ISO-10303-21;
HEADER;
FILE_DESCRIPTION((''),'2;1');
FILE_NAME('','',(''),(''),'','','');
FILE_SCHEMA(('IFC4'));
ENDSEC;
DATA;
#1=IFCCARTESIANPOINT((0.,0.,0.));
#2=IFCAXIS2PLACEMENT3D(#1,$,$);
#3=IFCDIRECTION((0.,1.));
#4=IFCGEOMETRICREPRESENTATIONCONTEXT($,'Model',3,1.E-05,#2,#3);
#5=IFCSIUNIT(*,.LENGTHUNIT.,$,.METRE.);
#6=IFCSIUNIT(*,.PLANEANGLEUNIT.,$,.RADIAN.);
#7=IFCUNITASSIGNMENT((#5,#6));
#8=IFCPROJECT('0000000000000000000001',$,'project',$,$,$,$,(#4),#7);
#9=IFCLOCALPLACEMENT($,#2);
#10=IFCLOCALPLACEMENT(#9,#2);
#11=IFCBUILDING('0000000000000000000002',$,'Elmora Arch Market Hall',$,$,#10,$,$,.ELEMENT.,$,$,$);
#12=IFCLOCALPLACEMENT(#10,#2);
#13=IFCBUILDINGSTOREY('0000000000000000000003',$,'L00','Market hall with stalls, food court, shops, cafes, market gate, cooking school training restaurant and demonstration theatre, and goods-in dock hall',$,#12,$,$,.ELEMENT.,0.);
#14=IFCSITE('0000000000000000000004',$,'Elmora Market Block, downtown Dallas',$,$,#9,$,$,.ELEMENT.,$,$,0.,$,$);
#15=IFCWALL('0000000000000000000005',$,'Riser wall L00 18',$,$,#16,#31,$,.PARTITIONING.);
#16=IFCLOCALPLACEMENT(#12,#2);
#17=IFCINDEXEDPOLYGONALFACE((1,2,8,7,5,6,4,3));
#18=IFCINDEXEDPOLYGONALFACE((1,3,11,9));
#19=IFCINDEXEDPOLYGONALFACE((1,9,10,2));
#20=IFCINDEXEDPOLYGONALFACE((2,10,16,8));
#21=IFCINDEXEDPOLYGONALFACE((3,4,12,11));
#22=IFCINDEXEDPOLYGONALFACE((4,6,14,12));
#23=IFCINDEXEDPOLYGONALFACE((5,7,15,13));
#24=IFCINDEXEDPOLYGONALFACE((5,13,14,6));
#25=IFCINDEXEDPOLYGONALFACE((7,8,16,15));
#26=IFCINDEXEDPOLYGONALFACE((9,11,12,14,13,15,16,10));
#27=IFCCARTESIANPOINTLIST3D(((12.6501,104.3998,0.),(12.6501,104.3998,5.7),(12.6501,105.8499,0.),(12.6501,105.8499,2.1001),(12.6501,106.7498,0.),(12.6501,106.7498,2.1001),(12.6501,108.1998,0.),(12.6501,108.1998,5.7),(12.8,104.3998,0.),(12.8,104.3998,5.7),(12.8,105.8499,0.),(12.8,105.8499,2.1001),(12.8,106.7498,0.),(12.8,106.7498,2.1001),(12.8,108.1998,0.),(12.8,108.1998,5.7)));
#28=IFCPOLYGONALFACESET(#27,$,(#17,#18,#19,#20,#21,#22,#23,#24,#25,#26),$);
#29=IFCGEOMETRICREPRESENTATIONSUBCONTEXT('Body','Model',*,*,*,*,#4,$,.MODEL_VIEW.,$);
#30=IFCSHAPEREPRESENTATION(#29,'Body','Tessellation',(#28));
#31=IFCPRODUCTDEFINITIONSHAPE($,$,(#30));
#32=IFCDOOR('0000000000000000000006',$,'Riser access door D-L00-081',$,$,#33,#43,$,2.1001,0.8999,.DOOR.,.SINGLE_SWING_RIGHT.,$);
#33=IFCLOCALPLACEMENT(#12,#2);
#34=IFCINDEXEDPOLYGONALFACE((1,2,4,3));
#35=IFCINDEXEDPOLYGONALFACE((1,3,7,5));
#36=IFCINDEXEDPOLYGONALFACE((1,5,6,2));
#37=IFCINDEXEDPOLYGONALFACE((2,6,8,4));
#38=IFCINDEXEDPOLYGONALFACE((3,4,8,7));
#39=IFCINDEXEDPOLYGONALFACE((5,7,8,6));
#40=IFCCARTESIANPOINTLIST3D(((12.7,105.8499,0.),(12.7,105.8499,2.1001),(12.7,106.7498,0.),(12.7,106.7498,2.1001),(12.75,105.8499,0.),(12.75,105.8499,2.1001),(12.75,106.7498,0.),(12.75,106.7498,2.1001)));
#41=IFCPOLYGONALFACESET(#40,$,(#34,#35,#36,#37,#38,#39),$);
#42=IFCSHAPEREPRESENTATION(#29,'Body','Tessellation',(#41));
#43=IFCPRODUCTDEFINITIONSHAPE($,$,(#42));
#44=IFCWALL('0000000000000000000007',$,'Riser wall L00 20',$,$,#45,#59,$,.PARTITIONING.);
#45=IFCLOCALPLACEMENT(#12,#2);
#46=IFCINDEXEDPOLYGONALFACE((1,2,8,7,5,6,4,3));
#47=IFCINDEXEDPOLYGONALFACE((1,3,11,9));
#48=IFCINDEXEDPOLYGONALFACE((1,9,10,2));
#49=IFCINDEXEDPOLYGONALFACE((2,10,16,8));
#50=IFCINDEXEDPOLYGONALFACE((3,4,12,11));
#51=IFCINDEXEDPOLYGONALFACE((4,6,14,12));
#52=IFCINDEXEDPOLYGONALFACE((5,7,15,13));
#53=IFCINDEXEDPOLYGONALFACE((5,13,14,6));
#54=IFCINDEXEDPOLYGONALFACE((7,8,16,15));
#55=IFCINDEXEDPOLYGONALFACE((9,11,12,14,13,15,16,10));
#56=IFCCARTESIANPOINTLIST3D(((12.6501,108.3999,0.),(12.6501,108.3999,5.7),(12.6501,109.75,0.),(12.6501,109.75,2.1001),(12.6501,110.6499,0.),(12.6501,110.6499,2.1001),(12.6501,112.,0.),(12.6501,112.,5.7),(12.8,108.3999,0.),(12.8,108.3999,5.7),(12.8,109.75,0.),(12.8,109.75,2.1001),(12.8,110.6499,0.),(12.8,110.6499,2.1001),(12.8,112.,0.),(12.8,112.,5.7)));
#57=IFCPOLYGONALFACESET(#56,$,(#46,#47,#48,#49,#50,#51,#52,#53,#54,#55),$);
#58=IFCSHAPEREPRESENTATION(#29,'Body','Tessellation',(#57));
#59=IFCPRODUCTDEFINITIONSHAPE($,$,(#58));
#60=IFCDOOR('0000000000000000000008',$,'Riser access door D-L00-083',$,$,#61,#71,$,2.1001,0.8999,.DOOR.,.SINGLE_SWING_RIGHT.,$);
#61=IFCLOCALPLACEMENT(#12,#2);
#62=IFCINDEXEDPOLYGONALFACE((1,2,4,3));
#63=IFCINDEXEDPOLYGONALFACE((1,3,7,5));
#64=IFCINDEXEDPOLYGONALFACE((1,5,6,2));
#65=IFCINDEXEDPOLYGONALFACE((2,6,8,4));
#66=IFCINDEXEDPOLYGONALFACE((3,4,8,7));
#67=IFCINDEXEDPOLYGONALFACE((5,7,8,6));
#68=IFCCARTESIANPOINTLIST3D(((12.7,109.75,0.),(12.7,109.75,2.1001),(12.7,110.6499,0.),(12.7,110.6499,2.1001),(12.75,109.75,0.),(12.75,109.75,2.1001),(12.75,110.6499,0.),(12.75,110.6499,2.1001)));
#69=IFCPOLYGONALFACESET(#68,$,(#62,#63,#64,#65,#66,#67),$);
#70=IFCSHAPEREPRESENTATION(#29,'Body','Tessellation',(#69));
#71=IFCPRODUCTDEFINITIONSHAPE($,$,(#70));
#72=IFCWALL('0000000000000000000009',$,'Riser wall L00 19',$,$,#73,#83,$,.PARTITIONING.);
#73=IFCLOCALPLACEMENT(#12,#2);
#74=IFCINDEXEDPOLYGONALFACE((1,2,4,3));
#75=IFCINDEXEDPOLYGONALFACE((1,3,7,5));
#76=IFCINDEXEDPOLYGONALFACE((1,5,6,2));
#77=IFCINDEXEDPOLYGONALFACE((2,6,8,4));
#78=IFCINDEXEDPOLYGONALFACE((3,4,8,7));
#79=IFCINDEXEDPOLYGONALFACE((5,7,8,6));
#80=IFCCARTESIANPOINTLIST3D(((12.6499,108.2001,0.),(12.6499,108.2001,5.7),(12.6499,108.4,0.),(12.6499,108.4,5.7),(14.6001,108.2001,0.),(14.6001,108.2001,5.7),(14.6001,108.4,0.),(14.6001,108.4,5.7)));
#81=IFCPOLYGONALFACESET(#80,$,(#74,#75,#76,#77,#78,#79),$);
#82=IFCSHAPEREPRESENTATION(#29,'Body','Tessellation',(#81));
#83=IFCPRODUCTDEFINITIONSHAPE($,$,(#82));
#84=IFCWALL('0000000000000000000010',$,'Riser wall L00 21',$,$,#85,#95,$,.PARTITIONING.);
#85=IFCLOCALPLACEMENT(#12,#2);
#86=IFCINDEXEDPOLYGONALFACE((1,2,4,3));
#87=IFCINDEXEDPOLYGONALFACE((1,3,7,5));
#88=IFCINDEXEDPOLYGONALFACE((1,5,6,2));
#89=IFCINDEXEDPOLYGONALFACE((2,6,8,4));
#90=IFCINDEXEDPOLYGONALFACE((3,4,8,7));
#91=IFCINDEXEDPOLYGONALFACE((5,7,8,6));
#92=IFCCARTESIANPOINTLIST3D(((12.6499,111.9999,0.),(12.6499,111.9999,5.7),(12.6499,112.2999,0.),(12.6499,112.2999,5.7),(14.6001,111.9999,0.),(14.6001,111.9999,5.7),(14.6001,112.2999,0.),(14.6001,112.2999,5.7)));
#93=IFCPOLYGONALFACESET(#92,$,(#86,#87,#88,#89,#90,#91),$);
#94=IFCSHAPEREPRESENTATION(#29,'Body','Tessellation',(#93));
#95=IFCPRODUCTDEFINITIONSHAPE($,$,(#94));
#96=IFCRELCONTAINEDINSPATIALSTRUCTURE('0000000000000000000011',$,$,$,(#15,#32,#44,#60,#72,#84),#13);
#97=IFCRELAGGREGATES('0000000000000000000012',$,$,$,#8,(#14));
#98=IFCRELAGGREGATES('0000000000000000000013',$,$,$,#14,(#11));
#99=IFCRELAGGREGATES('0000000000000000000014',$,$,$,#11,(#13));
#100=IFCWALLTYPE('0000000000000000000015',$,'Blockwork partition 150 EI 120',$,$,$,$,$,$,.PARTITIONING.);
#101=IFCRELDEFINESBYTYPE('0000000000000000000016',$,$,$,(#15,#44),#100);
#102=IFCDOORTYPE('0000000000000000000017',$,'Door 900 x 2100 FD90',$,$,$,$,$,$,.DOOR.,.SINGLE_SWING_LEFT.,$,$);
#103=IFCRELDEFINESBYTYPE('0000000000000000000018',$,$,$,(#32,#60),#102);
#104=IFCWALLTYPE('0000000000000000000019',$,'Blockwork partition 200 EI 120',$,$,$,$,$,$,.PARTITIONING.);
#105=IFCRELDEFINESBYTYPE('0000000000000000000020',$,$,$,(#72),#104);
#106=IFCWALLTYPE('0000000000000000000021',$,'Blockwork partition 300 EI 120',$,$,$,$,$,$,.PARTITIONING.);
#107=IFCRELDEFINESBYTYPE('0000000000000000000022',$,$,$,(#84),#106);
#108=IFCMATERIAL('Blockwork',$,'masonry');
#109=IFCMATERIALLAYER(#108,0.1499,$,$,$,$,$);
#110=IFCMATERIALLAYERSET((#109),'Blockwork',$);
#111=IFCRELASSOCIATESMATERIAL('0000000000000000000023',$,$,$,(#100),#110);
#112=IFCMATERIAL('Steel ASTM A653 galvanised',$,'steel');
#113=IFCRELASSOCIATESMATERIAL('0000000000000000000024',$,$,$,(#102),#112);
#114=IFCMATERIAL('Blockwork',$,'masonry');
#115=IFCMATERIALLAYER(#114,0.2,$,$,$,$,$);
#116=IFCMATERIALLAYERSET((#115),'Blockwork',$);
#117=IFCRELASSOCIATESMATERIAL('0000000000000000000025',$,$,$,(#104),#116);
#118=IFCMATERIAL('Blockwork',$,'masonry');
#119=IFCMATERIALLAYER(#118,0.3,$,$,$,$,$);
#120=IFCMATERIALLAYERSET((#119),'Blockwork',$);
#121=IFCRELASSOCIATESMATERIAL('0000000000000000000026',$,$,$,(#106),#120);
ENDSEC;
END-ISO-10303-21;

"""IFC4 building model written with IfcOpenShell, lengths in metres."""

from ifc_helpers import new_model, si_unit, direction, frame, frame_2d, origin, place, context, subcontext, project, spatial, rectangle, extrude, material, layer, layer_set, type_object, element, fill, save


model = new_model("IFC4")

# Units and contexts
model_context = context("Model", 3, precision=1e-05, world=origin(), true_north=direction((0.0, 1.0)))
body_context = subcontext(model_context, "Body", "Model", "MODEL_VIEW")
ifc_project = project(units=[si_unit("LENGTHUNIT", "METRE"), si_unit("PLANEANGLEUNIT", "RADIAN")], contexts=[model_context])

# Site, building, storey
site_placement = place(None, origin())
site = spatial("IfcSite", under=ifc_project, at=site_placement, Name="Elmora Market Block, downtown Dallas", CompositionType="ELEMENT", RefElevation=0.0)
building_placement = place(site_placement, origin())
building = spatial("IfcBuilding", under=site, at=building_placement, Name="Elmora Arch Market Hall", CompositionType="ELEMENT")
storey_placement = place(building_placement, origin())
storey = spatial("IfcBuildingStorey", under=building, at=storey_placement, Name="L00", Description="Market hall with stalls, food court, shops, cafes, market gate, cooking school training restaurant and demonstration theatre, and goods-in dock hall", CompositionType="ELEMENT", Elevation=0.0)

# Walls, openings, doors
ifc_material_1 = material(Name="Blockwork", Category="masonry")
ifc_layer_1 = layer(ifc_material_1, 0.1499)
ifc_layer_set_1 = layer_set([ifc_layer_1], Name="Blockwork")
wall_type_1 = type_object("IfcWallType", Name="Blockwork partition 150 EI 120", PredefinedType="PARTITIONING", material=ifc_layer_set_1)
ifc_material_2 = material(Name="Steel ASTM A653 galvanised", Category="steel")
door_type = type_object("IfcDoorType", Name="Door 900 x 2100 FD90", OperationType="SINGLE_SWING_LEFT", PredefinedType="DOOR", material=ifc_material_2)
wall_1_placement = place(storey_placement, frame((12.7251, 104.3999, 0.0), z_axis=(0.0, 0.0, 1.0), x_axis=(0.0, 1.0, 0.0)))
wall_1 = element("IfcWall", 1, at=wall_1_placement, inside=storey, type_object=wall_type_1, Name="Riser wall L00 18", PredefinedType="PARTITIONING", context=body_context, shape_type="SweptSolid", body=[
    extrude(rectangle(XDim=3.8, YDim=0.1499, at=frame_2d((1.8999, 0.0))), origin(), (0.0, 0.0, 1.0), 5.7),
])
opening_1_placement = place(wall_1_placement, frame((1.45, 0.0, 0.0)))
opening_1 = element("IfcOpeningElement", 2, at=opening_1_placement, cuts=wall_1, PredefinedType="OPENING", context=body_context, shape_type="SweptSolid", body=[
    extrude(rectangle(XDim=0.8999, YDim=2.1001, at=frame_2d((0.45, 1.05))), frame((0.0, 0.085, 0.0), z_axis=(0.0, -1.0, 0.0), x_axis=(1.0, 0.0, 0.0)), (0.0, 0.0, 1.0), 0.1699),
])
door_1_placement = place(opening_1_placement, frame((0.8999, 0.0, 0.0), z_axis=(0.0, 0.0, 1.0), x_axis=(-1.0, 0.0, 0.0)))
door_1 = element("IfcDoor", 3, at=door_1_placement, inside=storey, type_object=door_type, Name="Riser access door D-L00-081", OperationType="SINGLE_SWING_RIGHT", OverallHeight=2.1001, OverallWidth=0.8999, PredefinedType="DOOR", context=body_context, shape_type="SweptSolid", body=[
    extrude(rectangle(XDim=0.8999, YDim=2.1001, at=frame_2d((0.45, 1.05))), frame((0.0, 0.0249, 0.0), z_axis=(0.0, -1.0, 0.0), x_axis=(1.0, 0.0, 0.0)), (0.0, 0.0, 1.0), 0.05),
])
fill(opening_1, door_1)
wall_2_placement = place(storey_placement, frame((12.7251, 108.3999, 0.0), z_axis=(0.0, 0.0, 1.0), x_axis=(0.0, 1.0, 0.0)))
wall_2 = element("IfcWall", 4, at=wall_2_placement, inside=storey, type_object=wall_type_1, Name="Riser wall L00 20", PredefinedType="PARTITIONING", context=body_context, shape_type="SweptSolid", body=[
    extrude(rectangle(XDim=3.6001, YDim=0.1499, at=frame_2d((1.8, 0.0))), origin(), (0.0, 0.0, 1.0), 5.7),
])
opening_2_placement = place(wall_2_placement, frame((1.3501, 0.0, 0.0)))
opening_2 = element("IfcOpeningElement", 5, at=opening_2_placement, cuts=wall_2, PredefinedType="OPENING", context=body_context, shape_type="SweptSolid", body=[
    extrude(rectangle(XDim=0.8999, YDim=2.1001, at=frame_2d((0.45, 1.05))), frame((0.0, 0.085, 0.0), z_axis=(0.0, -1.0, 0.0), x_axis=(1.0, 0.0, 0.0)), (0.0, 0.0, 1.0), 0.1699),
])
door_2_placement = place(opening_2_placement, frame((0.8999, 0.0, 0.0), z_axis=(0.0, 0.0, 1.0), x_axis=(-1.0, 0.0, 0.0)))
door_2 = element("IfcDoor", 6, at=door_2_placement, inside=storey, type_object=door_type, Name="Riser access door D-L00-083", OperationType="SINGLE_SWING_RIGHT", OverallHeight=2.1001, OverallWidth=0.8999, PredefinedType="DOOR", context=body_context, shape_type="SweptSolid", body=[
    extrude(rectangle(XDim=0.8999, YDim=2.1001, at=frame_2d((0.45, 1.05))), frame((0.0, 0.0249, 0.0), z_axis=(0.0, -1.0, 0.0), x_axis=(1.0, 0.0, 0.0)), (0.0, 0.0, 1.0), 0.05),
])
fill(opening_2, door_2)

# Walls
ifc_material_3 = material(Name="Blockwork", Category="masonry")
ifc_layer_2 = layer(ifc_material_3, 0.2)
ifc_layer_set_2 = layer_set([ifc_layer_2], Name="Blockwork")
wall_type_2 = type_object("IfcWallType", Name="Blockwork partition 200 EI 120", PredefinedType="PARTITIONING", material=ifc_layer_set_2)
wall_3_placement = place(storey_placement, frame((12.6499, 108.3, 0.0), z_axis=(0.0, 0.0, 1.0), x_axis=(1.0, 0.0, 0.0)))
element("IfcWall", 7, at=wall_3_placement, inside=storey, type_object=wall_type_2, Name="Riser wall L00 19", PredefinedType="PARTITIONING", context=body_context, shape_type="SweptSolid", body=[
    extrude(rectangle(XDim=1.9502, YDim=0.2, at=frame_2d((0.9751, 0.0))), origin(), (0.0, 0.0, 1.0), 5.7),
])
ifc_material_4 = material(Name="Blockwork", Category="masonry")
ifc_layer_3 = layer(ifc_material_4, 0.3)
ifc_layer_set_3 = layer_set([ifc_layer_3], Name="Blockwork")
wall_type_3 = type_object("IfcWallType", Name="Blockwork partition 300 EI 120", PredefinedType="PARTITIONING", material=ifc_layer_set_3)
wall_4_placement = place(storey_placement, frame((12.6499, 112.1499, 0.0), z_axis=(0.0, 0.0, 1.0), x_axis=(1.0, 0.0, 0.0)))
element("IfcWall", 8, at=wall_4_placement, inside=storey, type_object=wall_type_3, Name="Riser wall L00 21", PredefinedType="PARTITIONING", context=body_context, shape_type="SweptSolid", body=[
    extrude(rectangle(XDim=1.9502, YDim=0.3, at=frame_2d((0.9751, 0.0))), origin(), (0.0, 0.0, 1.0), 5.7),
])

save(model, "model.ifc")
